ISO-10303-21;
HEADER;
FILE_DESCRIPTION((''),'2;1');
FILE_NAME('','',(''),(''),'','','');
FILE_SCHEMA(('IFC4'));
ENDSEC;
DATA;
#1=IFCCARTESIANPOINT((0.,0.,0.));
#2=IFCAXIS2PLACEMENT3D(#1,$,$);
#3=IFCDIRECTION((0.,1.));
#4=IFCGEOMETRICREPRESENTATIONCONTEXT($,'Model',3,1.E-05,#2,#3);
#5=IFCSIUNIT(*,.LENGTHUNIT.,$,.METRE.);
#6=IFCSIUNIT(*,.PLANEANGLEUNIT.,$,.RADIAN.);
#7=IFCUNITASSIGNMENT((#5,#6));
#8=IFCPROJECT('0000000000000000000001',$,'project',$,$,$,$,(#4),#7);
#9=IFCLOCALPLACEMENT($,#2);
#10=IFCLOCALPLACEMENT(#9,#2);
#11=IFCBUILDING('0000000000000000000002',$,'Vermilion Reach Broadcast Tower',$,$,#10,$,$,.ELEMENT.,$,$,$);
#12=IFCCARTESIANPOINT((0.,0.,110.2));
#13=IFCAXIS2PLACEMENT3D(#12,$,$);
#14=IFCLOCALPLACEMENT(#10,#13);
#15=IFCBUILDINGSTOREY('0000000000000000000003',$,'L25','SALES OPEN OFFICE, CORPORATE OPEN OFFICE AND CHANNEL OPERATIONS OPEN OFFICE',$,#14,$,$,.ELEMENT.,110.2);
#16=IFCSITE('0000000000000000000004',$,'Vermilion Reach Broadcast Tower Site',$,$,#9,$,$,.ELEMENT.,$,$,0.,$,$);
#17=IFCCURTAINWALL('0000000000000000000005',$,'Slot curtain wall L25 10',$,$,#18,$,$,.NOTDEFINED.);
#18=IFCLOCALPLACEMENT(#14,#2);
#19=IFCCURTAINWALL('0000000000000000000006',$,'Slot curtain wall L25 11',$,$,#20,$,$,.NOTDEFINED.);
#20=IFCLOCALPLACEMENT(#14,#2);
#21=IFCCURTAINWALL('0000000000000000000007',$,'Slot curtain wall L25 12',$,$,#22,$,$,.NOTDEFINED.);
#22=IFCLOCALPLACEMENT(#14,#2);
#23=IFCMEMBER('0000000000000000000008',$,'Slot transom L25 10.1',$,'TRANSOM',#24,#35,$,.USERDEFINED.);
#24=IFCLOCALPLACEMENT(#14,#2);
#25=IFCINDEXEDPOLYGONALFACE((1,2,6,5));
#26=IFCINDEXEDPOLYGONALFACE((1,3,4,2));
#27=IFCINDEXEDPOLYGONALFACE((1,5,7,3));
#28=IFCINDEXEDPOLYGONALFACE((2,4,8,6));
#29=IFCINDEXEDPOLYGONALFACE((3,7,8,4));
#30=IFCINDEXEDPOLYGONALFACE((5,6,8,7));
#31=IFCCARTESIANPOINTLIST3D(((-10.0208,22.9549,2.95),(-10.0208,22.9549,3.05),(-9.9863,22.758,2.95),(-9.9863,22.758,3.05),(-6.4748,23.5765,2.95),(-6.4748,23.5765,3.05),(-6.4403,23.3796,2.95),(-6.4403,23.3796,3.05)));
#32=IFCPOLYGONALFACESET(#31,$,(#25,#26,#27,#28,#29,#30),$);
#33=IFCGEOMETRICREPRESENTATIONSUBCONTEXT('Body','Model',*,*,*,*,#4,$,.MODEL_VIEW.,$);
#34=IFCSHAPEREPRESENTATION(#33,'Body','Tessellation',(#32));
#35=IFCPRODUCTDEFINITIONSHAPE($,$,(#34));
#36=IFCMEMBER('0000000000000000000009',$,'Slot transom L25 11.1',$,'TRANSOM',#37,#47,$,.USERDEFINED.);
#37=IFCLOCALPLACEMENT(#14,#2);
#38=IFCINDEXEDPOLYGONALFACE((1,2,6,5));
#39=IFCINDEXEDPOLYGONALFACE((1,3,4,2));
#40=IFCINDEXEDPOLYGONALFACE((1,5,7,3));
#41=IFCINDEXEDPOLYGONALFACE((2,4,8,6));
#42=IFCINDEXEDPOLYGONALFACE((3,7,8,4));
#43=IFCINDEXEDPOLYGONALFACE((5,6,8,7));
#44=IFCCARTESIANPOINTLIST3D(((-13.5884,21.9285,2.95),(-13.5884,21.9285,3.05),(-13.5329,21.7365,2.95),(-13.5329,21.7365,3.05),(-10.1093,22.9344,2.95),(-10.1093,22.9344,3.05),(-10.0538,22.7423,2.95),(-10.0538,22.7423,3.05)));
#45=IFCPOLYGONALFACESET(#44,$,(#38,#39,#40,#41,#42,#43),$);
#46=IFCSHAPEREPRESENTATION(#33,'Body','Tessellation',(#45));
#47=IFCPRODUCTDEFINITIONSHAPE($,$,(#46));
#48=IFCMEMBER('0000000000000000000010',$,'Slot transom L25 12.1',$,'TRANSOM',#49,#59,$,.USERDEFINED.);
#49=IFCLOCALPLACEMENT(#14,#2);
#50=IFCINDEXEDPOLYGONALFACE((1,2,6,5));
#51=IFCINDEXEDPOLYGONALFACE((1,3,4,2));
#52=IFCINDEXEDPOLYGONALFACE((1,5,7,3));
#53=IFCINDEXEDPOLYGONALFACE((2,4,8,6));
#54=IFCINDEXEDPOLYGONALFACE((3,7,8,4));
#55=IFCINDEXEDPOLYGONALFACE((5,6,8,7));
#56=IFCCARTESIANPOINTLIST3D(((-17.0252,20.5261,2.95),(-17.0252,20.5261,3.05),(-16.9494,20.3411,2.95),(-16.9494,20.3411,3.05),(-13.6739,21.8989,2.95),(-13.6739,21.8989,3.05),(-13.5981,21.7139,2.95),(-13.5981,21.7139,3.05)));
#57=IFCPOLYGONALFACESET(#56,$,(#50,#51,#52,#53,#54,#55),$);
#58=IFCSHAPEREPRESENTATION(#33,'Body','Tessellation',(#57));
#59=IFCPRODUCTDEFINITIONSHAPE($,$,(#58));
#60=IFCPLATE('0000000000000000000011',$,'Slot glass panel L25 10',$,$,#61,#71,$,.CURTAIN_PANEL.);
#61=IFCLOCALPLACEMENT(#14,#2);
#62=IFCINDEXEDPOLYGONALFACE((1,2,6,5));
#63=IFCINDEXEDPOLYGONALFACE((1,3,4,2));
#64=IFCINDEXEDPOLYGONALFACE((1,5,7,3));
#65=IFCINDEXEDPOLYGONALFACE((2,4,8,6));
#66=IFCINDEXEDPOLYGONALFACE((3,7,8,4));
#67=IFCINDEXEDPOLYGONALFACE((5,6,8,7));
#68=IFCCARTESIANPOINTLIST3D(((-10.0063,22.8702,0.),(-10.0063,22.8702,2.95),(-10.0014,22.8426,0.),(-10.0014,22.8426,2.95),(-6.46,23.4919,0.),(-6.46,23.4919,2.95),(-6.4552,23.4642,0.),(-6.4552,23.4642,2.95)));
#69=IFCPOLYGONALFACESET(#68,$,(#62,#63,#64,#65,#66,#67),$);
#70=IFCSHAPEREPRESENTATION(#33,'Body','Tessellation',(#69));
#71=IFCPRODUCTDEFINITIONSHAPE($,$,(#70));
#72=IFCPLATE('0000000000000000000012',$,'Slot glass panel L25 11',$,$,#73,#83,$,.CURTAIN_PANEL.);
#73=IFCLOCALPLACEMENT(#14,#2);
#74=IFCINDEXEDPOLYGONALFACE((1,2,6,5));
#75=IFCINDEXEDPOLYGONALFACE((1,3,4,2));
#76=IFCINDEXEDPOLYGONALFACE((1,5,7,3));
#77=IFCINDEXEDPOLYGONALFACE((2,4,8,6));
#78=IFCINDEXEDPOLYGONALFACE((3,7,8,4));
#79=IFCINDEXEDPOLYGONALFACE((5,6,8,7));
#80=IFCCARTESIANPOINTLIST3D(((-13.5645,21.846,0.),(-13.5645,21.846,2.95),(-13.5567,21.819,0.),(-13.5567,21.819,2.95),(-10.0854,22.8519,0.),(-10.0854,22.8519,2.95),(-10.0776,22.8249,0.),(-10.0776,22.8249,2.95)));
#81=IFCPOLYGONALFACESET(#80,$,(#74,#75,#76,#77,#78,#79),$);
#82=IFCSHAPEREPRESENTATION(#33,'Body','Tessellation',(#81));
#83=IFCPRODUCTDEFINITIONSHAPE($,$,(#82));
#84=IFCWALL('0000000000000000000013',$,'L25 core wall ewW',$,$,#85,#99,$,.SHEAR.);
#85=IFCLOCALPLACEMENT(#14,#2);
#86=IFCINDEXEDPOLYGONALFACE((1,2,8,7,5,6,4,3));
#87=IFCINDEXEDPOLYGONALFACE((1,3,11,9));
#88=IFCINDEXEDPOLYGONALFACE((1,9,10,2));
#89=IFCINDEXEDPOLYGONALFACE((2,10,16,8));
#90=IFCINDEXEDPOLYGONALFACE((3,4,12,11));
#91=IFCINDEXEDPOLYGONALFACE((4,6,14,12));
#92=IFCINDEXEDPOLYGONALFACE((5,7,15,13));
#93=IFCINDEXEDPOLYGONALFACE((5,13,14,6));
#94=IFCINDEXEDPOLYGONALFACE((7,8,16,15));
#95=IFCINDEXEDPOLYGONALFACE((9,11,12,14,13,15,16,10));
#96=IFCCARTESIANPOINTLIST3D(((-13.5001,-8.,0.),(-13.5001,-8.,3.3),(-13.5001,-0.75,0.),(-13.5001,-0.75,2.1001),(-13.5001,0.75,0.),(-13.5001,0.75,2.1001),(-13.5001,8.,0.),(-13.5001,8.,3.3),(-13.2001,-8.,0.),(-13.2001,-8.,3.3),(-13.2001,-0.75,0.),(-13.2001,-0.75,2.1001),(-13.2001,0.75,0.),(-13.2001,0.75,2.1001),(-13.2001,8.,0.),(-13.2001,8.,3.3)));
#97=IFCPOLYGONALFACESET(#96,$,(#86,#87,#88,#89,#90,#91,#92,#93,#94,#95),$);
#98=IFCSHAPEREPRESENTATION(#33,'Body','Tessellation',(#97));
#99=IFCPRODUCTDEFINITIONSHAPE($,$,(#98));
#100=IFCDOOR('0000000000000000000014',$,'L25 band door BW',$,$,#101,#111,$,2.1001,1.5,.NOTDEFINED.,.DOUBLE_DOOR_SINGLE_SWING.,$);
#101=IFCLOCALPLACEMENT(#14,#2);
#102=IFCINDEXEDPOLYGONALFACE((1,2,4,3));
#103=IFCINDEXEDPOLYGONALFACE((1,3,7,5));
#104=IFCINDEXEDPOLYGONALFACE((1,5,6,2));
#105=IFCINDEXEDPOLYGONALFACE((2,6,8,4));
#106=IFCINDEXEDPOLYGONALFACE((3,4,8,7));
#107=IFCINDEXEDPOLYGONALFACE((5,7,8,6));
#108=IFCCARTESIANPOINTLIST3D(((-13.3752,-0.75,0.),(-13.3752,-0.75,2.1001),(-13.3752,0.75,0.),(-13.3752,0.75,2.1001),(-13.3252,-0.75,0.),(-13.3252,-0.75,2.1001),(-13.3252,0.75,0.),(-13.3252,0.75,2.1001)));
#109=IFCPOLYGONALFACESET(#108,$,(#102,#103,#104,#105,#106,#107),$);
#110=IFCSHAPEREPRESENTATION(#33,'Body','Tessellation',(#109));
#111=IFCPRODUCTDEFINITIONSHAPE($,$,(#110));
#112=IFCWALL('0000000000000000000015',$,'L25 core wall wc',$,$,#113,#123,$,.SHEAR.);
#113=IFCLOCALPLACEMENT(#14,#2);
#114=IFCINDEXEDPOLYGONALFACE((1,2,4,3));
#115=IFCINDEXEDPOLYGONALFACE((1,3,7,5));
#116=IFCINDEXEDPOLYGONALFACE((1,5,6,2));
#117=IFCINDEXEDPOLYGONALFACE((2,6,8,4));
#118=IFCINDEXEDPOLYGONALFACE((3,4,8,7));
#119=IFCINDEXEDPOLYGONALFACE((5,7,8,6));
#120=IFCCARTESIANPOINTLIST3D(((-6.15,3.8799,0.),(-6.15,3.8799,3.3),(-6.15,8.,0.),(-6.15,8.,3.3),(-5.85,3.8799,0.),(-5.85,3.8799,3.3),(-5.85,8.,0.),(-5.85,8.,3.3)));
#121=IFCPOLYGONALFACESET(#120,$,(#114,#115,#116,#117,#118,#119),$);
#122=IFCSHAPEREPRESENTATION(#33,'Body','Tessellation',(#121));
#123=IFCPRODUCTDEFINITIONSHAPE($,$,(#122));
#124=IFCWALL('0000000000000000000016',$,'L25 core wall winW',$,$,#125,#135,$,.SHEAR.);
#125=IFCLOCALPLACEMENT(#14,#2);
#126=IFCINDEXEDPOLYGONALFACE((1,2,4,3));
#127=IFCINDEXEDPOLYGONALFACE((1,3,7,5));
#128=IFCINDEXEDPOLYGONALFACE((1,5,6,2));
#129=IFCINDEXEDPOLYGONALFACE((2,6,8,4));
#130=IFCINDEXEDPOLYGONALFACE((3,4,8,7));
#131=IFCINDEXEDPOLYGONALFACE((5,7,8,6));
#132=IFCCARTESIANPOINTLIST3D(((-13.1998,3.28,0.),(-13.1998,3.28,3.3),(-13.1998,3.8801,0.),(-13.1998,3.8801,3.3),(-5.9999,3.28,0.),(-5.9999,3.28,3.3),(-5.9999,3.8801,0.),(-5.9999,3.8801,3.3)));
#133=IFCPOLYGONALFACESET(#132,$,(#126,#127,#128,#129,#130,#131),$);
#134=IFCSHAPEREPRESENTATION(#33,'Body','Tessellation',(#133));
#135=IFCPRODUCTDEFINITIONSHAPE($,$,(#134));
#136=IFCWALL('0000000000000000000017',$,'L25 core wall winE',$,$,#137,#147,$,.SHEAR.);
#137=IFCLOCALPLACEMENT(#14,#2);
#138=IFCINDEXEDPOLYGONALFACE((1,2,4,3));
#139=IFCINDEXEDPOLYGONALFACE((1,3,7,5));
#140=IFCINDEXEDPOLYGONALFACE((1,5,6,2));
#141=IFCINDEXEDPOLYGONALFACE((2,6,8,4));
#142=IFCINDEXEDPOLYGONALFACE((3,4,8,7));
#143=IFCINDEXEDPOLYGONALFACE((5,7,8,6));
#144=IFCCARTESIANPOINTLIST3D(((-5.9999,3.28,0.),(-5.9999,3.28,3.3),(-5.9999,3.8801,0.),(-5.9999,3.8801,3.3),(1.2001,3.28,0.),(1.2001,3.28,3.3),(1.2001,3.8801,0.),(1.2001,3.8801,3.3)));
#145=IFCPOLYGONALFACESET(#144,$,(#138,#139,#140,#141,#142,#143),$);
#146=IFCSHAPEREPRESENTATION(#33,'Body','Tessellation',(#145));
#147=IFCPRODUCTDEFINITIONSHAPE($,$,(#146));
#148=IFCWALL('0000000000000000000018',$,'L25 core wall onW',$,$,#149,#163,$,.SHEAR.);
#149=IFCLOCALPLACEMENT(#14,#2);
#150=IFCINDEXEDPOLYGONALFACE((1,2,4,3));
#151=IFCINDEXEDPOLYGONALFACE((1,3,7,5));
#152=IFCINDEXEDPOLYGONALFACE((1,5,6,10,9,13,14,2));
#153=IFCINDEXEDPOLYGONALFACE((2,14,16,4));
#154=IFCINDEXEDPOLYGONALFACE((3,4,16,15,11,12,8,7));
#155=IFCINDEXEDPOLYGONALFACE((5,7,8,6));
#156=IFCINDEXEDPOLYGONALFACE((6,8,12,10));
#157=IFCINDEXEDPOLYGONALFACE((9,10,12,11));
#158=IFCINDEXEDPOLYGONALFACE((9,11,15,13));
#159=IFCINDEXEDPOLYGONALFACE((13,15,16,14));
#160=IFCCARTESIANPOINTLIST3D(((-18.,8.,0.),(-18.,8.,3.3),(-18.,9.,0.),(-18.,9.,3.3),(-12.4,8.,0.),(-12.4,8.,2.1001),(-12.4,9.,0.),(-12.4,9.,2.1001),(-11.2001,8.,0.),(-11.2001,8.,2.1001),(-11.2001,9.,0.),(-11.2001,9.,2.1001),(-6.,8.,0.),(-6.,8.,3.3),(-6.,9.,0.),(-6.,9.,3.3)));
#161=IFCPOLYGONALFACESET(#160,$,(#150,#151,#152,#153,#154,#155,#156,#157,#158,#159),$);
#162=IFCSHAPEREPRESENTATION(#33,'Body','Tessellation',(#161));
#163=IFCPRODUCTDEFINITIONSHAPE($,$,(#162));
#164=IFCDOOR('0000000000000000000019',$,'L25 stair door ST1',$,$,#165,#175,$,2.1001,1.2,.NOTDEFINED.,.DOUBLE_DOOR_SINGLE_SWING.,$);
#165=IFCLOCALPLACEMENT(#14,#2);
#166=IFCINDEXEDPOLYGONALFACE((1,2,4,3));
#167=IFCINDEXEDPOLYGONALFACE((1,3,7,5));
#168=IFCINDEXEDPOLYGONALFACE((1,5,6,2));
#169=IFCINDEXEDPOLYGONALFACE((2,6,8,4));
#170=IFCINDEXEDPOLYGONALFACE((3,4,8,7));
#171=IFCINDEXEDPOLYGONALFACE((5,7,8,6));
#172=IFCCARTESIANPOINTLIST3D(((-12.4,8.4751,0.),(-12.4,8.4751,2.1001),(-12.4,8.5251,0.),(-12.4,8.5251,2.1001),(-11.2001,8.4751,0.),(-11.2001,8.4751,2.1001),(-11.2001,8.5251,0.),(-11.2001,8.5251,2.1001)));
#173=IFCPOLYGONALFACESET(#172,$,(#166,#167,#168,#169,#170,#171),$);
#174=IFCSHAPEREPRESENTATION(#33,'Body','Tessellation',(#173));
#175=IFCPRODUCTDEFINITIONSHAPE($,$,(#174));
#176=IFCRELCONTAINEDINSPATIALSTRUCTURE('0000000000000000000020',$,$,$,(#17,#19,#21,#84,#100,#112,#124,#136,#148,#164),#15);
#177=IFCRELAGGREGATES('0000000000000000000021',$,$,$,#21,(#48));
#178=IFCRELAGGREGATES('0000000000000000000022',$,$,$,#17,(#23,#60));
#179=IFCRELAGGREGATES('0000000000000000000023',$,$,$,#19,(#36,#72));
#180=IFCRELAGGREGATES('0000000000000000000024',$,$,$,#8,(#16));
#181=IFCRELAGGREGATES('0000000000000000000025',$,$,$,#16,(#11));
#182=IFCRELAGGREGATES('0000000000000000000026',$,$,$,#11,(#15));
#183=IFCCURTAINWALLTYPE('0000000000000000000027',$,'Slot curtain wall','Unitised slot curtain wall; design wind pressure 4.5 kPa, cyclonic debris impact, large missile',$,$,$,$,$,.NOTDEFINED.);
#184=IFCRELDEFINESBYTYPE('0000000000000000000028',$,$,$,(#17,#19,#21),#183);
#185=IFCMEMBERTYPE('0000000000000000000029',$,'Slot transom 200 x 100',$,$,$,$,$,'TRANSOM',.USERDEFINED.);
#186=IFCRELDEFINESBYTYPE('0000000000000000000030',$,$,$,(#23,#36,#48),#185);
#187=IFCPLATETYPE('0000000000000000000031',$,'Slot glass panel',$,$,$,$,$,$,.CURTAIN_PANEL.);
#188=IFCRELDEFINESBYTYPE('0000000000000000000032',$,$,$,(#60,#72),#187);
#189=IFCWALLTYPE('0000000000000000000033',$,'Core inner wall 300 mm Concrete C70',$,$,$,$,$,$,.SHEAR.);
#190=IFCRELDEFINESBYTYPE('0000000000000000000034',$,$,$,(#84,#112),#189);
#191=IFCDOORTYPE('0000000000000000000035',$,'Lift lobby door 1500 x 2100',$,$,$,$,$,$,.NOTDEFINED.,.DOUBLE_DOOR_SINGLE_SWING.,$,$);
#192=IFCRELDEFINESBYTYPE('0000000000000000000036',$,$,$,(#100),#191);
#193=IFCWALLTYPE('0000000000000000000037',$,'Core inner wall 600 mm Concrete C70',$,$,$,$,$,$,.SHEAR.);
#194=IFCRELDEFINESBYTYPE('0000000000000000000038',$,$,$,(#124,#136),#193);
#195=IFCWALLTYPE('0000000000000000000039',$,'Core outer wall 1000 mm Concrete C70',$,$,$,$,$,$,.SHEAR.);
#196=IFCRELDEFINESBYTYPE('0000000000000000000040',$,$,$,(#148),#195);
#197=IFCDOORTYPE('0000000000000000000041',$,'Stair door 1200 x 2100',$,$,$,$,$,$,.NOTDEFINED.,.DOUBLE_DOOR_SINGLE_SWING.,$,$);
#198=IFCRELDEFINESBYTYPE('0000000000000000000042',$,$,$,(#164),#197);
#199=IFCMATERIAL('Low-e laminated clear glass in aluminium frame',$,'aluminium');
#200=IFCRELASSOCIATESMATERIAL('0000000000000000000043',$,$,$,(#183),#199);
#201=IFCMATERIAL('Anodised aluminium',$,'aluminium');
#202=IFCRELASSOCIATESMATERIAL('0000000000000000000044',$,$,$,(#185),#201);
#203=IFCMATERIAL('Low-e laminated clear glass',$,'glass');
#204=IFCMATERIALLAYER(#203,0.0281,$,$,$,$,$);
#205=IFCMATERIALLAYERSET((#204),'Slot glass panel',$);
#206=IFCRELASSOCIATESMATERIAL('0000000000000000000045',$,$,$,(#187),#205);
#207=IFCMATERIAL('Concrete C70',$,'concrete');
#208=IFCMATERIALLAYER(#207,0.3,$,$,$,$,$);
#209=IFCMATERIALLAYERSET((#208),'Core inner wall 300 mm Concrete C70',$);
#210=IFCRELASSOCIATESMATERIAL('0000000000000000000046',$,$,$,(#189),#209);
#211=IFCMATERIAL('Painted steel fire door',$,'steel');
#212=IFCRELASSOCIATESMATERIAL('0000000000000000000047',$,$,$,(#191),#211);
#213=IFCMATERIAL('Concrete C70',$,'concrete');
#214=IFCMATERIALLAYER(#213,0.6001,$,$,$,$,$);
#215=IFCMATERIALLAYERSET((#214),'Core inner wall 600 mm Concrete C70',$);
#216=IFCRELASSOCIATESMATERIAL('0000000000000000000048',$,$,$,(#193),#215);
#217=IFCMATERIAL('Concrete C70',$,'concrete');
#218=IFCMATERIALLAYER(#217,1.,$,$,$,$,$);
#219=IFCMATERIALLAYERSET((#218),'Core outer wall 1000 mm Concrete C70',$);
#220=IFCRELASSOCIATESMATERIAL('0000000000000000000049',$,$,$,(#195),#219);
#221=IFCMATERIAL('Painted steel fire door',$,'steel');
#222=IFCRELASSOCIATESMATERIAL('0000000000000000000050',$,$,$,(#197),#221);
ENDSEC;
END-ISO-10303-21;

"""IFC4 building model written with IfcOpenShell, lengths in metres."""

from ifc_helpers import new_model, si_unit, direction, frame, frame_2d, origin, origin_2d, place, context, subcontext, project, spatial, rectangle, extrude, material, layer, layer_set, material_profile, profile_set, type_object, element, fill, aggregate, save


model = new_model("IFC4")

# Units and contexts
model_context = context("Model", 3, precision=1e-05, world=origin(), true_north=direction((0.0, 1.0)))
body_context = subcontext(model_context, "Body", "Model", "MODEL_VIEW")
ifc_project = project(units=[si_unit("LENGTHUNIT", "METRE"), si_unit("PLANEANGLEUNIT", "RADIAN")], contexts=[model_context])

# Site, building, storey
site_placement = place(None, origin())
site = spatial("IfcSite", under=ifc_project, at=site_placement, Name="Vermilion Reach Broadcast Tower Site", CompositionType="ELEMENT", RefElevation=0.0)
building_placement = place(site_placement, origin())
building = spatial("IfcBuilding", under=site, at=building_placement, Name="Vermilion Reach Broadcast Tower", CompositionType="ELEMENT")
storey_placement = place(building_placement, frame((0.0, 0.0, 110.2)))
storey = spatial("IfcBuildingStorey", under=building, at=storey_placement, Name="L25", Description="SALES OPEN OFFICE, CORPORATE OPEN OFFICE AND CHANNEL OPERATIONS OPEN OFFICE", CompositionType="ELEMENT", Elevation=110.2)

# Curtain walls
ifc_material_1 = material(Name="Low-e laminated clear glass in aluminium frame", Category="aluminium")
curtain_wall_type = type_object("IfcCurtainWallType", Name="Slot curtain wall", Description="Unitised slot curtain wall; design wind pressure 4.5 kPa, cyclonic debris impact, large missile", PredefinedType="NOTDEFINED", material=ifc_material_1)
placement = place(storey_placement, origin())
curtain_wall_1 = element("IfcCurtainWall", 1, at=placement, inside=storey, type_object=curtain_wall_type, Name="Slot curtain wall L25 10", PredefinedType="NOTDEFINED")
curtain_wall_2 = element("IfcCurtainWall", 2, at=placement, inside=storey, type_object=curtain_wall_type, Name="Slot curtain wall L25 11", PredefinedType="NOTDEFINED")
curtain_wall_3 = element("IfcCurtainWall", 3, at=placement, inside=storey, type_object=curtain_wall_type, Name="Slot curtain wall L25 12", PredefinedType="NOTDEFINED")

# Members
ifc_material_2 = material(Name="Anodised aluminium", Category="aluminium")
ifc_material_profile_1 = material_profile(ifc_material_2, rectangle(XDim=0.2, YDim=0.1001, at=origin_2d()), Name="Slot transom 200 x 100")
ifc_profile_set_1 = profile_set([ifc_material_profile_1], Name="Anodised aluminium")
member_type_1 = type_object("IfcMemberType", Name="Slot transom 200 x 100", ElementType="TRANSOM", PredefinedType="USERDEFINED", material=ifc_profile_set_1)
member_1_placement = place(storey_placement, frame((-6.4575, 23.478, 3.0), z_axis=(-0.984983, -0.172652, 0.0), x_axis=(0.172652, -0.984983, 0.0)))
member_1 = element("IfcMember", 4, at=member_1_placement, type_object=member_type_1, Name="Slot transom L25 10.1", ObjectType="TRANSOM", PredefinedType="USERDEFINED", context=body_context, shape_type="SweptSolid", body=[
    extrude(rectangle(XDim=0.2, YDim=0.1001, at=origin_2d()), origin(), (0.0, 0.0, 1.0), 3.6001),
])
member_2_placement = place(storey_placement, frame((-10.0815, 22.8384, 3.0), z_axis=(-0.960654, -0.277747, 0.0), x_axis=(0.277747, -0.960654, 0.0)))
member_2 = element("IfcMember", 5, at=member_2_placement, type_object=member_type_1, Name="Slot transom L25 11.1", ObjectType="TRANSOM", PredefinedType="USERDEFINED", context=body_context, shape_type="SweptSolid", body=[
    extrude(rectangle(XDim=0.2, YDim=0.1001, at=origin_2d()), origin(), (0.0, 0.0, 1.0), 3.6216),
])
member_3_placement = place(storey_placement, frame((-13.636, 21.8064, 3.0), z_axis=(-0.925372, -0.379061, 0.0), x_axis=(0.379061, -0.925372, 0.0)))
member_3 = element("IfcMember", 6, at=member_3_placement, type_object=member_type_1, Name="Slot transom L25 12.1", ObjectType="TRANSOM", PredefinedType="USERDEFINED", context=body_context, shape_type="SweptSolid", body=[
    extrude(rectangle(XDim=0.2, YDim=0.1001, at=origin_2d()), origin(), (0.0, 0.0, 1.0), 3.6216),
])
aggregate(curtain_wall_3, [member_3])

# Plates
ifc_material_3 = material(Name="Low-e laminated clear glass", Category="glass")
ifc_layer_1 = layer(ifc_material_3, 0.0281)
ifc_layer_set_1 = layer_set([ifc_layer_1], Name="Slot glass panel")
plate_type = type_object("IfcPlateType", Name="Slot glass panel", PredefinedType="CURTAIN_PANEL", material=ifc_layer_set_1)
plate_1_placement = place(storey_placement, frame((-8.2307, 23.1672, 0.0), z_axis=(0.0, 0.0, 1.0), x_axis=(-0.984982, -0.172659, 0.0)))
plate_1 = element("IfcPlate", 7, at=plate_1_placement, type_object=plate_type, Name="Slot glass panel L25 10", PredefinedType="CURTAIN_PANEL", context=body_context, shape_type="SweptSolid", body=[
    extrude(rectangle(XDim=3.6003, YDim=0.0281, at=origin_2d()), origin(), (0.0, 0.0, 1.0), 2.95),
])
aggregate(curtain_wall_1, [member_1, plate_1])
plate_2_placement = place(storey_placement, frame((-11.821, 22.3354, 0.0), z_axis=(0.0, 0.0, 1.0), x_axis=(-0.960655, -0.277745, 0.0)))
plate_2 = element("IfcPlate", 8, at=plate_2_placement, type_object=plate_type, Name="Slot glass panel L25 11", PredefinedType="CURTAIN_PANEL", context=body_context, shape_type="SweptSolid", body=[
    extrude(rectangle(XDim=3.6216, YDim=0.0281, at=origin_2d()), origin(), (0.0, 0.0, 1.0), 2.95),
])
aggregate(curtain_wall_2, [member_2, plate_2])

# Wall, opening, door
ifc_material_4 = material(Name="Concrete C70", Category="concrete")
ifc_layer_2 = layer(ifc_material_4, 0.3)
ifc_layer_set_2 = layer_set([ifc_layer_2], Name="Core inner wall 300 mm Concrete C70")
wall_type_1 = type_object("IfcWallType", Name="Core inner wall 300 mm Concrete C70", PredefinedType="SHEAR", material=ifc_layer_set_2)
wall_1_placement = place(storey_placement, frame((-13.3501, 8.0, 0.0), z_axis=(0.0, 0.0, 1.0), x_axis=(0.0, -1.0, 0.0)))
wall_1 = element("IfcWall", 9, at=wall_1_placement, inside=storey, type_object=wall_type_1, Name="L25 core wall ewW", PredefinedType="SHEAR", context=body_context, shape_type="SweptSolid", body=[
    extrude(rectangle(XDim=16.0, YDim=0.3, at=frame_2d((8.0, 0.0))), origin(), (0.0, 0.0, 1.0), 3.3),
])
opening_1_placement = place(wall_1_placement, frame((7.25, 0.0, 0.0)))
opening_1 = element("IfcOpeningElement", 10, at=opening_1_placement, cuts=wall_1, PredefinedType="OPENING", context=body_context, shape_type="SweptSolid", body=[
    extrude(rectangle(XDim=1.5, YDim=2.1001, at=frame_2d((0.75, 1.05))), frame((0.0, 0.1599, 0.0), z_axis=(0.0, -1.0, 0.0), x_axis=(1.0, 0.0, 0.0)), (0.0, 0.0, 1.0), 0.3201),
])
ifc_material_5 = material(Name="Painted steel fire door", Category="steel")
door_type_1 = type_object("IfcDoorType", Name="Lift lobby door 1500 x 2100", OperationType="DOUBLE_DOOR_SINGLE_SWING", PredefinedType="NOTDEFINED", material=ifc_material_5)
door_1_placement = place(opening_1_placement, origin())
door_1 = element("IfcDoor", 11, at=door_1_placement, inside=storey, type_object=door_type_1, Name="L25 band door BW", OperationType="DOUBLE_DOOR_SINGLE_SWING", OverallHeight=2.1001, OverallWidth=1.5, PredefinedType="NOTDEFINED", context=body_context, shape_type="SweptSolid", body=[
    extrude(rectangle(XDim=1.5, YDim=2.1001, at=frame_2d((0.75, 1.05))), frame((0.0, 0.0249, 0.0), z_axis=(0.0, -1.0, 0.0), x_axis=(1.0, 0.0, 0.0)), (0.0, 0.0, 1.0), 0.05),
])
fill(opening_1, door_1)

# Walls
wall_2_placement = place(storey_placement, frame((-6.0, 3.8799, 0.0), z_axis=(0.0, 0.0, 1.0), x_axis=(0.0, 1.0, 0.0)))
element("IfcWall", 12, at=wall_2_placement, inside=storey, type_object=wall_type_1, Name="L25 core wall wc", PredefinedType="SHEAR", context=body_context, shape_type="SweptSolid", body=[
    extrude(rectangle(XDim=4.1201, YDim=0.3, at=frame_2d((2.0601, 0.0))), origin(), (0.0, 0.0, 1.0), 3.3),
])
ifc_material_6 = material(Name="Concrete C70", Category="concrete")
ifc_layer_3 = layer(ifc_material_6, 0.6001)
ifc_layer_set_3 = layer_set([ifc_layer_3], Name="Core inner wall 600 mm Concrete C70")
wall_type_2 = type_object("IfcWallType", Name="Core inner wall 600 mm Concrete C70", PredefinedType="SHEAR", material=ifc_layer_set_3)
for number, where, z_axis, x_axis, name in (
    (13, (-13.2, 3.5801, 0.0), (0.0, 0.0, 1.0), (1.0, 0.0, 0.0), "L25 core wall winW"),
    (14, (-6.0, 3.5801, 0.0), (0.0, 0.0, 1.0), (1.0, 0.0, 0.0), "L25 core wall winE"),
):
    element("IfcWall", number, at=place(storey_placement, frame(where, z_axis=z_axis, x_axis=x_axis)), inside=storey, type_object=wall_type_2, Name=name, PredefinedType="SHEAR", context=body_context, shape_type="SweptSolid", body=[
        extrude(rectangle(XDim=7.2, YDim=0.6001, at=frame_2d((3.6001, 0.0))), origin(), (0.0, 0.0, 1.0), 3.3),
    ])

# Wall, opening, door
ifc_material_7 = material(Name="Concrete C70", Category="concrete")
ifc_layer_4 = layer(ifc_material_7, 1.0)
ifc_layer_set_4 = layer_set([ifc_layer_4], Name="Core outer wall 1000 mm Concrete C70")
wall_type_3 = type_object("IfcWallType", Name="Core outer wall 1000 mm Concrete C70", PredefinedType="SHEAR", material=ifc_layer_set_4)
wall_3_placement = place(storey_placement, frame((-6.0, 8.5, 0.0), z_axis=(0.0, 0.0, 1.0), x_axis=(-1.0, 0.0, 0.0)))
wall_3 = element("IfcWall", 15, at=wall_3_placement, inside=storey, type_object=wall_type_3, Name="L25 core wall onW", PredefinedType="SHEAR", context=body_context, shape_type="SweptSolid", body=[
    extrude(rectangle(XDim=12.0, YDim=1.0, at=frame_2d((6.0, 0.0))), origin(), (0.0, 0.0, 1.0), 3.3),
])
opening_2_placement = place(wall_3_placement, frame((5.2, 0.0, 0.0)))
opening_2 = element("IfcOpeningElement", 16, at=opening_2_placement, cuts=wall_3, PredefinedType="OPENING", context=body_context, shape_type="SweptSolid", body=[
    extrude(rectangle(XDim=1.2, YDim=2.1001, at=frame_2d((0.6001, 1.05))), frame((0.0, 0.51, 0.0), z_axis=(0.0, -1.0, 0.0), x_axis=(1.0, 0.0, 0.0)), (0.0, 0.0, 1.0), 1.02),
])
ifc_material_8 = material(Name="Painted steel fire door", Category="steel")
door_type_2 = type_object("IfcDoorType", Name="Stair door 1200 x 2100", OperationType="DOUBLE_DOOR_SINGLE_SWING", PredefinedType="NOTDEFINED", material=ifc_material_8)
door_2_placement = place(opening_2_placement, origin())
door_2 = element("IfcDoor", 17, at=door_2_placement, inside=storey, type_object=door_type_2, Name="L25 stair door ST1", OperationType="DOUBLE_DOOR_SINGLE_SWING", OverallHeight=2.1001, OverallWidth=1.2, PredefinedType="NOTDEFINED", context=body_context, shape_type="SweptSolid", body=[
    extrude(rectangle(XDim=1.2, YDim=2.1001, at=frame_2d((0.6001, 1.05))), frame((0.0, 0.0249, 0.0), z_axis=(0.0, -1.0, 0.0), x_axis=(1.0, 0.0, 0.0)), (0.0, 0.0, 1.0), 0.05),
])
fill(opening_2, door_2)

save(model, "model.ifc")
